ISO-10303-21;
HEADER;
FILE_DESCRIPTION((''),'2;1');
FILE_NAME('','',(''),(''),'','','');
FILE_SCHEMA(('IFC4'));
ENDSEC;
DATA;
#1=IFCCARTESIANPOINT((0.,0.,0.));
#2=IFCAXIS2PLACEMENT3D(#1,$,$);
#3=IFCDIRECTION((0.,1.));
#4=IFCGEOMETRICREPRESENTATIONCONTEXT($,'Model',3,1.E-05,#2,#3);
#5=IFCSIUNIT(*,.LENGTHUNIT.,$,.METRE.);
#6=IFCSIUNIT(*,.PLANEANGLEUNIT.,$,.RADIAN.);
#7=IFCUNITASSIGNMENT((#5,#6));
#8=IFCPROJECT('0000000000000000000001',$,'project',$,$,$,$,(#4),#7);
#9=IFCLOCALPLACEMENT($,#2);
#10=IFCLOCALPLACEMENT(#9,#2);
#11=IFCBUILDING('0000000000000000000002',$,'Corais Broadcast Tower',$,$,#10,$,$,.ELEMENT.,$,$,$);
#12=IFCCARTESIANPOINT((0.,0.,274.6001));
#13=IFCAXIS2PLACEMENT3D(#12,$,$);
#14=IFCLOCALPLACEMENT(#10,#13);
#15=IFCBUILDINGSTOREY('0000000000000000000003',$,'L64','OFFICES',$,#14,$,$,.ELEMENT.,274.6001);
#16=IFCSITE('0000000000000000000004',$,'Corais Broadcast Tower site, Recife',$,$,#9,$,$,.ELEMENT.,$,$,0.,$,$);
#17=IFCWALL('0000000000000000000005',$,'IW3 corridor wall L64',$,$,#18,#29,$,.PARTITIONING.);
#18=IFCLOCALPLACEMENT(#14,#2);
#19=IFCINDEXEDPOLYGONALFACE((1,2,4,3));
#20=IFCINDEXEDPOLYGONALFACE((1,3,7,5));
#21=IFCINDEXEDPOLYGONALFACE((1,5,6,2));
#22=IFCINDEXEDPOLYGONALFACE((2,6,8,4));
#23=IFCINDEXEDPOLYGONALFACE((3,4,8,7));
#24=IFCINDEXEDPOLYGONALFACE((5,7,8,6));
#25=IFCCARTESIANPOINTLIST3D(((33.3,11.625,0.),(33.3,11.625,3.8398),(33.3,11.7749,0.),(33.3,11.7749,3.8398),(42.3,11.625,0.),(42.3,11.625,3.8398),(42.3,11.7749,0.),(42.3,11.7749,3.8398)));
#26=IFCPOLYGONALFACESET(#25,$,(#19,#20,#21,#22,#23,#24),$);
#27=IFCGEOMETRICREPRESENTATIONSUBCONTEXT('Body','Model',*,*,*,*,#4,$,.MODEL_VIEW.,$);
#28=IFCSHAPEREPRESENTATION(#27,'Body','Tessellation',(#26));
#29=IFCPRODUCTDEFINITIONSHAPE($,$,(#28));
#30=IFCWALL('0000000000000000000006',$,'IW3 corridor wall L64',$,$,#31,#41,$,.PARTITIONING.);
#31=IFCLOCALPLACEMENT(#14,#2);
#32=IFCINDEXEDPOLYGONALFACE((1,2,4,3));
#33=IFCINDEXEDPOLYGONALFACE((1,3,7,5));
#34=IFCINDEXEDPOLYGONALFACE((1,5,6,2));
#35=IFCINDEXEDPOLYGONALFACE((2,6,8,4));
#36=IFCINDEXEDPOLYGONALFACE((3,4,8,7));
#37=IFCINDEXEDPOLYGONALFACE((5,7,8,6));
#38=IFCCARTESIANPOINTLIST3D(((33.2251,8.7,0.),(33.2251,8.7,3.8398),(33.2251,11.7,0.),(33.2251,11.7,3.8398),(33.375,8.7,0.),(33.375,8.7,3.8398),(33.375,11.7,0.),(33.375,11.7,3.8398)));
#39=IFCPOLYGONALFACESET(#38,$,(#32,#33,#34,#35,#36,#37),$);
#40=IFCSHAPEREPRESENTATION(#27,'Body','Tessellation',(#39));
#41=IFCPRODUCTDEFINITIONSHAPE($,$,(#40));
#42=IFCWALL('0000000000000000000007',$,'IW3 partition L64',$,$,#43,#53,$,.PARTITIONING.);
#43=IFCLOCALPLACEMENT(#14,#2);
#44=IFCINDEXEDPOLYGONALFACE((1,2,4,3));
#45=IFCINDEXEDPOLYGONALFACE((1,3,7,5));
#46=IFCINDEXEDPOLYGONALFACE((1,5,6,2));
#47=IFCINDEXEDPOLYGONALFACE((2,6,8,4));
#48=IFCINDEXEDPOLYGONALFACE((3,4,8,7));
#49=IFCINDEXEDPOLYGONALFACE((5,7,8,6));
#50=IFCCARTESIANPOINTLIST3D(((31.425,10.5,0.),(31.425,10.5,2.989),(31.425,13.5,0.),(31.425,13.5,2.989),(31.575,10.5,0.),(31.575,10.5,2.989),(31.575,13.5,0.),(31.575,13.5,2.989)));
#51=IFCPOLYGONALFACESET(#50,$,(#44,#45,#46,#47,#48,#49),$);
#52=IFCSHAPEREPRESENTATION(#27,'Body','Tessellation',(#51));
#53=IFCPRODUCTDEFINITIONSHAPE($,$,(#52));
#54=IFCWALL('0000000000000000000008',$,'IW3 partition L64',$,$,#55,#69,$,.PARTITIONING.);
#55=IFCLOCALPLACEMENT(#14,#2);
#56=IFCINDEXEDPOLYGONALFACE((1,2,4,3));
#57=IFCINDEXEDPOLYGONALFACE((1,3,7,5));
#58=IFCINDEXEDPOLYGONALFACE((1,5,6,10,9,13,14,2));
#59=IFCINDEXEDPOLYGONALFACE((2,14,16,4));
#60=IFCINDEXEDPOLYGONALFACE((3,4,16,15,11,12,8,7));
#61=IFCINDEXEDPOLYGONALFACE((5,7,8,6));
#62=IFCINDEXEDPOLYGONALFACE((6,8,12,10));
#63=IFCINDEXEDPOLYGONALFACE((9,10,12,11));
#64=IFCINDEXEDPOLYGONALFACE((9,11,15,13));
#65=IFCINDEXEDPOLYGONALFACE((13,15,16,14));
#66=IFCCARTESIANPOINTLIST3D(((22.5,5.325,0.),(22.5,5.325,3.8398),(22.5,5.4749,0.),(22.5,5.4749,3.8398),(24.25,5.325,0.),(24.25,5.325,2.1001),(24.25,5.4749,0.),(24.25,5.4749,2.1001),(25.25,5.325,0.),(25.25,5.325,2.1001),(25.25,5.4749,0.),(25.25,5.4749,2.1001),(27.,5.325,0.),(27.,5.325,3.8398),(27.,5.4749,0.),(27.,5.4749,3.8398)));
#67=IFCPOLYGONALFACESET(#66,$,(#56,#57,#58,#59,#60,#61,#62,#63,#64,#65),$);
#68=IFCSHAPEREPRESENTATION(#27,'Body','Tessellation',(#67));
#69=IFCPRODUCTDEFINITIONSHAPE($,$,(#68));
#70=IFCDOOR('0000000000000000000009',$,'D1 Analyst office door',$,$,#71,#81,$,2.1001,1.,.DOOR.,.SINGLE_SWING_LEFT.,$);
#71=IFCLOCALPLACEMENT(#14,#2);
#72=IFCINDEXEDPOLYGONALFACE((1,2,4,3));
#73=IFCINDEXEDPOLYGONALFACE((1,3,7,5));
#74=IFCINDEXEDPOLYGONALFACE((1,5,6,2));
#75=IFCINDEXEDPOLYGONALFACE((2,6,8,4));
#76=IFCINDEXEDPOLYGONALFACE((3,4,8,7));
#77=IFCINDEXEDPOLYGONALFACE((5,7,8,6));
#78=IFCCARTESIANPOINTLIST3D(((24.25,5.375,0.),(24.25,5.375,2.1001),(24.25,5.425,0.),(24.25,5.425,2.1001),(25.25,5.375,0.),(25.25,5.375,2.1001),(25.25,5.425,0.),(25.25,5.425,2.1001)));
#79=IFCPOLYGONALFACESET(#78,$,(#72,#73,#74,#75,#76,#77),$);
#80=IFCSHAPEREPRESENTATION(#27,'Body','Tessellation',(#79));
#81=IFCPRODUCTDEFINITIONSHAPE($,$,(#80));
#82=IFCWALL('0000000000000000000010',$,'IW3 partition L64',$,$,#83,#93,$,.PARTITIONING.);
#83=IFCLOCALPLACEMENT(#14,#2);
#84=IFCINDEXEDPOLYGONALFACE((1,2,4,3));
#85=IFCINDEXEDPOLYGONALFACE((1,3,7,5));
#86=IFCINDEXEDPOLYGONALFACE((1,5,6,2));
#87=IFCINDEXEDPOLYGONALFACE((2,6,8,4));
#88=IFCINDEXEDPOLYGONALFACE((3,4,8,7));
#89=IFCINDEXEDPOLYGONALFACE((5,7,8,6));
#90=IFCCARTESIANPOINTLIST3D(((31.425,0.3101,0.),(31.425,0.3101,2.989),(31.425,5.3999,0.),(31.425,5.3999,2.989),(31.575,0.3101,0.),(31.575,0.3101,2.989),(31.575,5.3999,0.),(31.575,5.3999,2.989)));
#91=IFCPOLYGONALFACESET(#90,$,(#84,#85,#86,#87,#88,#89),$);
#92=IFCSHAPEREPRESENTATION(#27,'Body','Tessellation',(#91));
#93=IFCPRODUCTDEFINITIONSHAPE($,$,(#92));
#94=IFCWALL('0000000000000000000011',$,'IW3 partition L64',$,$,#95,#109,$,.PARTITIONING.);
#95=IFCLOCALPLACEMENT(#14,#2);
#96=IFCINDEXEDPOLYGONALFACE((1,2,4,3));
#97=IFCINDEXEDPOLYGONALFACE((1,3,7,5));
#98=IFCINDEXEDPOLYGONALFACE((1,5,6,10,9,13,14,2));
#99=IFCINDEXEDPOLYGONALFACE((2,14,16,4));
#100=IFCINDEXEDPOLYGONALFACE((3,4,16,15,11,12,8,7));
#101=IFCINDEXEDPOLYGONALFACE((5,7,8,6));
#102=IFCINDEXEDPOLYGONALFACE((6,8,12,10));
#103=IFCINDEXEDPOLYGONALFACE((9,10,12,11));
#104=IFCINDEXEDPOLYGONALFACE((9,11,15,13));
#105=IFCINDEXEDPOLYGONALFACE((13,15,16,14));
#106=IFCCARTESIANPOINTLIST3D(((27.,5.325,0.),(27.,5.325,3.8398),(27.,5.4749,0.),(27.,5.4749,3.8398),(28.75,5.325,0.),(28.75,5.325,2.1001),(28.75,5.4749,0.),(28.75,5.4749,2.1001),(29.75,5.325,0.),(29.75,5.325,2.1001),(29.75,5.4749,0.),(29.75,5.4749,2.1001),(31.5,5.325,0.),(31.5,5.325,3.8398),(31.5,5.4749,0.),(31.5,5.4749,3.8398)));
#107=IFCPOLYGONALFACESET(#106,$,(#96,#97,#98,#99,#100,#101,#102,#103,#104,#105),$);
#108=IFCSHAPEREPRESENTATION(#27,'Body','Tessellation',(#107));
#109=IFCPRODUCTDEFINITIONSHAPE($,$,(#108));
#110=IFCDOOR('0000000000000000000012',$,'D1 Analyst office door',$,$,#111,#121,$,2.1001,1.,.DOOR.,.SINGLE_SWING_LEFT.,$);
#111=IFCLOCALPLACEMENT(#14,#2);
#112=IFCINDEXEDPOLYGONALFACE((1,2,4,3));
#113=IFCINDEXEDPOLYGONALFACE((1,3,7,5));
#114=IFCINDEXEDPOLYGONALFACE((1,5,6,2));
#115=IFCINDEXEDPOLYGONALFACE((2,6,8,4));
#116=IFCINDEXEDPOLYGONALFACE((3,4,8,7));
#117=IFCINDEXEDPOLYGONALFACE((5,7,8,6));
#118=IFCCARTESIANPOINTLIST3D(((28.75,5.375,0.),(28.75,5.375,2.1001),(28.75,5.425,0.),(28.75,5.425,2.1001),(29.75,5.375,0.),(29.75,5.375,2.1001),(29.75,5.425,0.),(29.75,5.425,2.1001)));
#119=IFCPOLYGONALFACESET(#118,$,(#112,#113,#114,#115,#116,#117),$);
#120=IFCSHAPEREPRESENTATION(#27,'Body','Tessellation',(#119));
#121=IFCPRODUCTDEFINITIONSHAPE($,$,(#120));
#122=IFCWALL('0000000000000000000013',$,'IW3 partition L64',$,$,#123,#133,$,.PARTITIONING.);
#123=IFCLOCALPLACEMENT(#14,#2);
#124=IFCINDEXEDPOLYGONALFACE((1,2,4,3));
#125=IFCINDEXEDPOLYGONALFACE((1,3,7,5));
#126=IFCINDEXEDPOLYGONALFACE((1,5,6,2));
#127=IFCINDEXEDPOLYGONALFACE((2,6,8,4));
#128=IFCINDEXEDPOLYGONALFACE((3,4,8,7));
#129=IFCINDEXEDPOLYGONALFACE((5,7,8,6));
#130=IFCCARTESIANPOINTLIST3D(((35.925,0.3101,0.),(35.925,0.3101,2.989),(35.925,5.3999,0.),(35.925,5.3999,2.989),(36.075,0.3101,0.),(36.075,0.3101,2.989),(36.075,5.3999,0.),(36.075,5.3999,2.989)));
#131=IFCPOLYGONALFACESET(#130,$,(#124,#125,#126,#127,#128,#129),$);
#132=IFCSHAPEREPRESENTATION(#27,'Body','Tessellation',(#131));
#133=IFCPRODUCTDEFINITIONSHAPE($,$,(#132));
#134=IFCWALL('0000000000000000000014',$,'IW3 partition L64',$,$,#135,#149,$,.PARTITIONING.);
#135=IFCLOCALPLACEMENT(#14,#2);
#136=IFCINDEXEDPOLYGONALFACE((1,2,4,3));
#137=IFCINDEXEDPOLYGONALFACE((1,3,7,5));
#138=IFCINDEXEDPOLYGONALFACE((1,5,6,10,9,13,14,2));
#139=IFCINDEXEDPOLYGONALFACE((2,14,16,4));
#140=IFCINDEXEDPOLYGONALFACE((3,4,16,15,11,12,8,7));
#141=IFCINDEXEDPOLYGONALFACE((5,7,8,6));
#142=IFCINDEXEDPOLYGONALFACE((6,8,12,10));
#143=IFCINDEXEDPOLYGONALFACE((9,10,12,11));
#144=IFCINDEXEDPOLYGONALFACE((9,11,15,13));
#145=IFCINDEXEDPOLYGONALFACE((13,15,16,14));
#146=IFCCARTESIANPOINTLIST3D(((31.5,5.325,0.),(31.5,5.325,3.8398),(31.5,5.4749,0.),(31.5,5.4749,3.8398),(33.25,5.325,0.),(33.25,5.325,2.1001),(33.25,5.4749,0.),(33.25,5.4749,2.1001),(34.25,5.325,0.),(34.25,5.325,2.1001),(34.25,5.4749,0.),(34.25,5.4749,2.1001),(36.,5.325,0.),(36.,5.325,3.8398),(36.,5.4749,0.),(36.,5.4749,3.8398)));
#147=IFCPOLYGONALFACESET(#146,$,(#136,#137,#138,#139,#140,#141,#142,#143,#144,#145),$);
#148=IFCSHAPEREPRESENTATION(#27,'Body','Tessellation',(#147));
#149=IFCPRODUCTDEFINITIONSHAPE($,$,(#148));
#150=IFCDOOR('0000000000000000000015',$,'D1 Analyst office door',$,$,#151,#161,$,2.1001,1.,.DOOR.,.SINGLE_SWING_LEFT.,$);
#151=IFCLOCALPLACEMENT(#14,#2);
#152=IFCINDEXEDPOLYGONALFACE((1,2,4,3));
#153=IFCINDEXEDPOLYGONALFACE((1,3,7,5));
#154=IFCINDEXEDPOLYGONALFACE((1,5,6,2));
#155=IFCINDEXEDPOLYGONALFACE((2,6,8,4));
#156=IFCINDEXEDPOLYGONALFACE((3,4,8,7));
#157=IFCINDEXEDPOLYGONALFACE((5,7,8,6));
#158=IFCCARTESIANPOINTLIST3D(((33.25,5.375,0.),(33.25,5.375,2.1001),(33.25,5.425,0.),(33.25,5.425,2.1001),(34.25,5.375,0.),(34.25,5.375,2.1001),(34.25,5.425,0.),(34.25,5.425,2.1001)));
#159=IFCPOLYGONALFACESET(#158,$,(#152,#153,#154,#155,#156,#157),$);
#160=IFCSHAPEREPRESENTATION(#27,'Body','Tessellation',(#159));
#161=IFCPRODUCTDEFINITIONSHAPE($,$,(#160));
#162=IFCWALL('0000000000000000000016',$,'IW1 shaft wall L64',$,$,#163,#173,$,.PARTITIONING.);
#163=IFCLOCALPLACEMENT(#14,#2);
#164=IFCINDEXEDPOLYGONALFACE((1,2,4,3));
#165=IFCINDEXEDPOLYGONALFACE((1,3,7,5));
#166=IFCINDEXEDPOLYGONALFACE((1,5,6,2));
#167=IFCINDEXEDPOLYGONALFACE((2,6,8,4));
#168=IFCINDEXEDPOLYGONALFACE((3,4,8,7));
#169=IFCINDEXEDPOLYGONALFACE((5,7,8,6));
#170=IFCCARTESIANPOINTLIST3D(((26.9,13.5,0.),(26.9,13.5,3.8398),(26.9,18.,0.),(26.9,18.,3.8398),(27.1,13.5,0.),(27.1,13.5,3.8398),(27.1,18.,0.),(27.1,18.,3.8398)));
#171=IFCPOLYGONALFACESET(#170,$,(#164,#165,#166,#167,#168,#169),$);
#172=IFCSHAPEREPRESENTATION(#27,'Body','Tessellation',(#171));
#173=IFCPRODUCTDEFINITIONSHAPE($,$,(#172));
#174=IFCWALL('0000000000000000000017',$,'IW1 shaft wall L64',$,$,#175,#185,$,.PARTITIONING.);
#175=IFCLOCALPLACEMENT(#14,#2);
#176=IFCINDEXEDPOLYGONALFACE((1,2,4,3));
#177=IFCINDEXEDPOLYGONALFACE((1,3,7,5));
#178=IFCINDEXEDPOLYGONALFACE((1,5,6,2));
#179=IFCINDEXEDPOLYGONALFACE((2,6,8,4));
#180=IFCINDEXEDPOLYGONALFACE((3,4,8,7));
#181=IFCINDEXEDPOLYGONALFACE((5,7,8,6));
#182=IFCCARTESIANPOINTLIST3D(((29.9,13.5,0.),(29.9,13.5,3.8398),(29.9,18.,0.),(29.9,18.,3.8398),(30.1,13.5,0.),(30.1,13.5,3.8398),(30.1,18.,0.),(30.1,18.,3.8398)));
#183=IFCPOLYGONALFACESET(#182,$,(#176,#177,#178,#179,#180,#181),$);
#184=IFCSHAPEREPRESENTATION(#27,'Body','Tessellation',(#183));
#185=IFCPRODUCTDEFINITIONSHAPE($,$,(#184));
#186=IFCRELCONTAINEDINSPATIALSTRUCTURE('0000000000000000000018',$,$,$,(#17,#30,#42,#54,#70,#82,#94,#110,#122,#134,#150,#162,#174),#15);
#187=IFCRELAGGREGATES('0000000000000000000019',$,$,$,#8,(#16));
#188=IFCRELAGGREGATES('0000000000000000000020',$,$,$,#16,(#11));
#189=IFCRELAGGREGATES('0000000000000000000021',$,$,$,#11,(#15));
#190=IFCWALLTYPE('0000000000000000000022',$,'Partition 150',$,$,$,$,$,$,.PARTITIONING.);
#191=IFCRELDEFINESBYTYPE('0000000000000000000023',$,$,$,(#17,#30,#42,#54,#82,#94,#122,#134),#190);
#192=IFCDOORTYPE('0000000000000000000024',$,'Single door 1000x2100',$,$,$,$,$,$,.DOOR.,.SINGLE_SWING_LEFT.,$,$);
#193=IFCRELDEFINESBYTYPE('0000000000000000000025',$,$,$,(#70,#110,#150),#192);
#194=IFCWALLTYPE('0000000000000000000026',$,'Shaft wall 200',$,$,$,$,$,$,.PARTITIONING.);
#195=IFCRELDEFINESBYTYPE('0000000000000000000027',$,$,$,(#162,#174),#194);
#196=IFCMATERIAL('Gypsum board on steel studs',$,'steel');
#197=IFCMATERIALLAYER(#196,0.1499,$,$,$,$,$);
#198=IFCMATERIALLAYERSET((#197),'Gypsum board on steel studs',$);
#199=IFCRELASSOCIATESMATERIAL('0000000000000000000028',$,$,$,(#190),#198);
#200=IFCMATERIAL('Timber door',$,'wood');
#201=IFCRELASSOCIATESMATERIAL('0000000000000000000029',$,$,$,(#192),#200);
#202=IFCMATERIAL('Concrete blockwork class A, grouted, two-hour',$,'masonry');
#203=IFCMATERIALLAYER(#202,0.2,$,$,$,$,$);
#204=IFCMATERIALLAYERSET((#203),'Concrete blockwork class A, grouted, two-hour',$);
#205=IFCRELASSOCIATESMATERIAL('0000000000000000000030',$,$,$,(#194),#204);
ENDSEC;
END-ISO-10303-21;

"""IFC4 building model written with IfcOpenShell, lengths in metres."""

from ifc_helpers import new_model, si_unit, direction, frame, frame_2d, origin, place, context, subcontext, project, spatial, rectangle, extrude, material, layer, layer_set, type_object, element, fill, save


model = new_model("IFC4")

# Units and contexts
model_context = context("Model", 3, precision=1e-05, world=origin(), true_north=direction((0.0, 1.0)))
body_context = subcontext(model_context, "Body", "Model", "MODEL_VIEW")
ifc_project = project(units=[si_unit("LENGTHUNIT", "METRE"), si_unit("PLANEANGLEUNIT", "RADIAN")], contexts=[model_context])

# Site, building, storey
site_placement = place(None, origin())
site = spatial("IfcSite", under=ifc_project, at=site_placement, Name="Corais Broadcast Tower site, Recife", CompositionType="ELEMENT", RefElevation=0.0)
building_placement = place(site_placement, origin())
building = spatial("IfcBuilding", under=site, at=building_placement, Name="Corais Broadcast Tower", CompositionType="ELEMENT")
storey_placement = place(building_placement, frame((0.0, 0.0, 274.6001)))
storey = spatial("IfcBuildingStorey", under=building, at=storey_placement, Name="L64", Description="OFFICES", CompositionType="ELEMENT", Elevation=274.6001)

# Walls
ifc_material_1 = material(Name="Gypsum board on steel studs", Category="steel")
ifc_layer_1 = layer(ifc_material_1, 0.1499)
ifc_layer_set_1 = layer_set([ifc_layer_1], Name="Gypsum board on steel studs")
wall_type_1 = type_object("IfcWallType", Name="Partition 150", PredefinedType="PARTITIONING", material=ifc_layer_set_1)
wall_1_placement = place(storey_placement, frame((33.3, 11.7, 0.0), z_axis=(0.0, 0.0, 1.0), x_axis=(1.0, 0.0, 0.0)))
element("IfcWall", 1, at=wall_1_placement, inside=storey, type_object=wall_type_1, Name="IW3 corridor wall L64", PredefinedType="PARTITIONING", context=body_context, shape_type="SweptSolid", body=[
    extrude(rectangle(XDim=9.0, YDim=0.1499, at=frame_2d((4.5, 0.0))), origin(), (0.0, 0.0, 1.0), 3.8398),
])
wall_2_placement = place(storey_placement, frame((33.3, 8.7, 0.0), z_axis=(0.0, 0.0, 1.0), x_axis=(0.0, 1.0, 0.0)))
element("IfcWall", 2, at=wall_2_placement, inside=storey, type_object=wall_type_1, Name="IW3 corridor wall L64", PredefinedType="PARTITIONING", context=body_context, shape_type="SweptSolid", body=[
    extrude(rectangle(XDim=3.0, YDim=0.1499, at=frame_2d((1.5, 0.0))), origin(), (0.0, 0.0, 1.0), 3.8398),
])
wall_3_placement = place(storey_placement, frame((31.5, 10.5, 0.0), z_axis=(0.0, 0.0, 1.0), x_axis=(0.0, 1.0, 0.0)))
element("IfcWall", 3, at=wall_3_placement, inside=storey, type_object=wall_type_1, Name="IW3 partition L64", PredefinedType="PARTITIONING", context=body_context, shape_type="SweptSolid", body=[
    extrude(rectangle(XDim=3.0, YDim=0.1499, at=frame_2d((1.5, 0.0))), origin(), (0.0, 0.0, 1.0), 2.989),
])

# Wall, opening, door
wall_4_placement = place(storey_placement, frame((27.0, 5.3999, 0.0), z_axis=(0.0, 0.0, 1.0), x_axis=(-1.0, 0.0, 0.0)))
wall_4 = element("IfcWall", 4, at=wall_4_placement, inside=storey, type_object=wall_type_1, Name="IW3 partition L64", PredefinedType="PARTITIONING", context=body_context, shape_type="SweptSolid", body=[
    extrude(rectangle(XDim=4.5, YDim=0.1499, at=frame_2d((2.25, 0.0))), origin(), (0.0, 0.0, 1.0), 3.8398),
])
opening_1_placement = place(wall_4_placement, frame((1.75, 0.0, 0.0)))
opening_1 = element("IfcOpeningElement", 5, at=opening_1_placement, cuts=wall_4, PredefinedType="OPENING", context=body_context, shape_type="SweptSolid", body=[
    extrude(rectangle(XDim=1.0, YDim=2.1001, at=frame_2d((0.5, 1.05))), frame((0.0, 0.085, 0.0), z_axis=(0.0, -1.0, 0.0), x_axis=(1.0, 0.0, 0.0)), (0.0, 0.0, 1.0), 0.1699),
])
ifc_material_2 = material(Name="Timber door", Category="wood")
door_type = type_object("IfcDoorType", Name="Single door 1000x2100", OperationType="SINGLE_SWING_LEFT", PredefinedType="DOOR", material=ifc_material_2)
door_1_placement = place(opening_1_placement, origin())
door_1 = element("IfcDoor", 6, at=door_1_placement, inside=storey, type_object=door_type, Name="D1 Analyst office door", OperationType="SINGLE_SWING_LEFT", OverallHeight=2.1001, OverallWidth=1.0, PredefinedType="DOOR", context=body_context, shape_type="SweptSolid", body=[
    extrude(rectangle(XDim=1.0, YDim=2.1001, at=frame_2d((0.5, 1.05))), frame((0.0, 0.0249, 0.0), z_axis=(0.0, -1.0, 0.0), x_axis=(1.0, 0.0, 0.0)), (0.0, 0.0, 1.0), 0.05),
])
fill(opening_1, door_1)

# Wall
wall_5_placement = place(storey_placement, frame((31.5, 0.3101, 0.0), z_axis=(0.0, 0.0, 1.0), x_axis=(0.0, 1.0, 0.0)))
element("IfcWall", 7, at=wall_5_placement, inside=storey, type_object=wall_type_1, Name="IW3 partition L64", PredefinedType="PARTITIONING", context=body_context, shape_type="SweptSolid", body=[
    extrude(rectangle(XDim=5.0898, YDim=0.1499, at=frame_2d((2.5449, 0.0))), origin(), (0.0, 0.0, 1.0), 2.989),
])

# Wall, opening, door
wall_6_placement = place(storey_placement, frame((31.5, 5.3999, 0.0), z_axis=(0.0, 0.0, 1.0), x_axis=(-1.0, 0.0, 0.0)))
wall_6 = element("IfcWall", 8, at=wall_6_placement, inside=storey, type_object=wall_type_1, Name="IW3 partition L64", PredefinedType="PARTITIONING", context=body_context, shape_type="SweptSolid", body=[
    extrude(rectangle(XDim=4.5, YDim=0.1499, at=frame_2d((2.25, 0.0))), origin(), (0.0, 0.0, 1.0), 3.8398),
])
opening_2_placement = place(wall_6_placement, frame((1.75, 0.0, 0.0)))
opening_2 = element("IfcOpeningElement", 9, at=opening_2_placement, cuts=wall_6, PredefinedType="OPENING", context=body_context, shape_type="SweptSolid", body=[
    extrude(rectangle(XDim=1.0, YDim=2.1001, at=frame_2d((0.5, 1.05))), frame((0.0, 0.085, 0.0), z_axis=(0.0, -1.0, 0.0), x_axis=(1.0, 0.0, 0.0)), (0.0, 0.0, 1.0), 0.1699),
])
door_2_placement = place(opening_2_placement, origin())
door_2 = element("IfcDoor", 10, at=door_2_placement, inside=storey, type_object=door_type, Name="D1 Analyst office door", OperationType="SINGLE_SWING_LEFT", OverallHeight=2.1001, OverallWidth=1.0, PredefinedType="DOOR", context=body_context, shape_type="SweptSolid", body=[
    extrude(rectangle(XDim=1.0, YDim=2.1001, at=frame_2d((0.5, 1.05))), frame((0.0, 0.0249, 0.0), z_axis=(0.0, -1.0, 0.0), x_axis=(1.0, 0.0, 0.0)), (0.0, 0.0, 1.0), 0.05),
])
fill(opening_2, door_2)

# Wall
wall_7_placement = place(storey_placement, frame((36.0, 0.3101, 0.0), z_axis=(0.0, 0.0, 1.0), x_axis=(0.0, 1.0, 0.0)))
element("IfcWall", 11, at=wall_7_placement, inside=storey, type_object=wall_type_1, Name="IW3 partition L64", PredefinedType="PARTITIONING", context=body_context, shape_type="SweptSolid", body=[
    extrude(rectangle(XDim=5.0898, YDim=0.1499, at=frame_2d((2.5449, 0.0))), origin(), (0.0, 0.0, 1.0), 2.989),
])

# Wall, opening, door
wall_8_placement = place(storey_placement, frame((36.0, 5.3999, 0.0), z_axis=(0.0, 0.0, 1.0), x_axis=(-1.0, 0.0, 0.0)))
wall_8 = element("IfcWall", 12, at=wall_8_placement, inside=storey, type_object=wall_type_1, Name="IW3 partition L64", PredefinedType="PARTITIONING", context=body_context, shape_type="SweptSolid", body=[
    extrude(rectangle(XDim=4.5, YDim=0.1499, at=frame_2d((2.25, 0.0))), origin(), (0.0, 0.0, 1.0), 3.8398),
])
opening_3_placement = place(wall_8_placement, frame((1.75, 0.0, 0.0)))
opening_3 = element("IfcOpeningElement", 13, at=opening_3_placement, cuts=wall_8, PredefinedType="OPENING", context=body_context, shape_type="SweptSolid", body=[
    extrude(rectangle(XDim=1.0, YDim=2.1001, at=frame_2d((0.5, 1.05))), frame((0.0, 0.085, 0.0), z_axis=(0.0, -1.0, 0.0), x_axis=(1.0, 0.0, 0.0)), (0.0, 0.0, 1.0), 0.1699),
])
door_3_placement = place(opening_3_placement, origin())
door_3 = element("IfcDoor", 14, at=door_3_placement, inside=storey, type_object=door_type, Name="D1 Analyst office door", OperationType="SINGLE_SWING_LEFT", OverallHeight=2.1001, OverallWidth=1.0, PredefinedType="DOOR", context=body_context, shape_type="SweptSolid", body=[
    extrude(rectangle(XDim=1.0, YDim=2.1001, at=frame_2d((0.5, 1.05))), frame((0.0, 0.0249, 0.0), z_axis=(0.0, -1.0, 0.0), x_axis=(1.0, 0.0, 0.0)), (0.0, 0.0, 1.0), 0.05),
])
fill(opening_3, door_3)

# Walls
ifc_material_3 = material(Name="Concrete blockwork class A, grouted, two-hour", Category="masonry")
ifc_layer_2 = layer(ifc_material_3, 0.2)
ifc_layer_set_2 = layer_set([ifc_layer_2], Name="Concrete blockwork class A, grouted, two-hour")
wall_type_2 = type_object("IfcWallType", Name="Shaft wall 200", PredefinedType="PARTITIONING", material=ifc_layer_set_2)
for number, where, z_axis, x_axis, name in (
    (15, (27.0, 13.5, 0.0), (0.0, 0.0, 1.0), (0.0, 1.0, 0.0), "IW1 shaft wall L64"),
    (16, (30.0, 13.5, 0.0), (0.0, 0.0, 1.0), (0.0, 1.0, 0.0), "IW1 shaft wall L64"),
):
    element("IfcWall", number, at=place(storey_placement, frame(where, z_axis=z_axis, x_axis=x_axis)), inside=storey, type_object=wall_type_2, Name=name, PredefinedType="PARTITIONING", context=body_context, shape_type="SweptSolid", body=[
        extrude(rectangle(XDim=4.5, YDim=0.2, at=frame_2d((2.25, 0.0))), origin(), (0.0, 0.0, 1.0), 3.8398),
    ])

save(model, "model.ifc")
